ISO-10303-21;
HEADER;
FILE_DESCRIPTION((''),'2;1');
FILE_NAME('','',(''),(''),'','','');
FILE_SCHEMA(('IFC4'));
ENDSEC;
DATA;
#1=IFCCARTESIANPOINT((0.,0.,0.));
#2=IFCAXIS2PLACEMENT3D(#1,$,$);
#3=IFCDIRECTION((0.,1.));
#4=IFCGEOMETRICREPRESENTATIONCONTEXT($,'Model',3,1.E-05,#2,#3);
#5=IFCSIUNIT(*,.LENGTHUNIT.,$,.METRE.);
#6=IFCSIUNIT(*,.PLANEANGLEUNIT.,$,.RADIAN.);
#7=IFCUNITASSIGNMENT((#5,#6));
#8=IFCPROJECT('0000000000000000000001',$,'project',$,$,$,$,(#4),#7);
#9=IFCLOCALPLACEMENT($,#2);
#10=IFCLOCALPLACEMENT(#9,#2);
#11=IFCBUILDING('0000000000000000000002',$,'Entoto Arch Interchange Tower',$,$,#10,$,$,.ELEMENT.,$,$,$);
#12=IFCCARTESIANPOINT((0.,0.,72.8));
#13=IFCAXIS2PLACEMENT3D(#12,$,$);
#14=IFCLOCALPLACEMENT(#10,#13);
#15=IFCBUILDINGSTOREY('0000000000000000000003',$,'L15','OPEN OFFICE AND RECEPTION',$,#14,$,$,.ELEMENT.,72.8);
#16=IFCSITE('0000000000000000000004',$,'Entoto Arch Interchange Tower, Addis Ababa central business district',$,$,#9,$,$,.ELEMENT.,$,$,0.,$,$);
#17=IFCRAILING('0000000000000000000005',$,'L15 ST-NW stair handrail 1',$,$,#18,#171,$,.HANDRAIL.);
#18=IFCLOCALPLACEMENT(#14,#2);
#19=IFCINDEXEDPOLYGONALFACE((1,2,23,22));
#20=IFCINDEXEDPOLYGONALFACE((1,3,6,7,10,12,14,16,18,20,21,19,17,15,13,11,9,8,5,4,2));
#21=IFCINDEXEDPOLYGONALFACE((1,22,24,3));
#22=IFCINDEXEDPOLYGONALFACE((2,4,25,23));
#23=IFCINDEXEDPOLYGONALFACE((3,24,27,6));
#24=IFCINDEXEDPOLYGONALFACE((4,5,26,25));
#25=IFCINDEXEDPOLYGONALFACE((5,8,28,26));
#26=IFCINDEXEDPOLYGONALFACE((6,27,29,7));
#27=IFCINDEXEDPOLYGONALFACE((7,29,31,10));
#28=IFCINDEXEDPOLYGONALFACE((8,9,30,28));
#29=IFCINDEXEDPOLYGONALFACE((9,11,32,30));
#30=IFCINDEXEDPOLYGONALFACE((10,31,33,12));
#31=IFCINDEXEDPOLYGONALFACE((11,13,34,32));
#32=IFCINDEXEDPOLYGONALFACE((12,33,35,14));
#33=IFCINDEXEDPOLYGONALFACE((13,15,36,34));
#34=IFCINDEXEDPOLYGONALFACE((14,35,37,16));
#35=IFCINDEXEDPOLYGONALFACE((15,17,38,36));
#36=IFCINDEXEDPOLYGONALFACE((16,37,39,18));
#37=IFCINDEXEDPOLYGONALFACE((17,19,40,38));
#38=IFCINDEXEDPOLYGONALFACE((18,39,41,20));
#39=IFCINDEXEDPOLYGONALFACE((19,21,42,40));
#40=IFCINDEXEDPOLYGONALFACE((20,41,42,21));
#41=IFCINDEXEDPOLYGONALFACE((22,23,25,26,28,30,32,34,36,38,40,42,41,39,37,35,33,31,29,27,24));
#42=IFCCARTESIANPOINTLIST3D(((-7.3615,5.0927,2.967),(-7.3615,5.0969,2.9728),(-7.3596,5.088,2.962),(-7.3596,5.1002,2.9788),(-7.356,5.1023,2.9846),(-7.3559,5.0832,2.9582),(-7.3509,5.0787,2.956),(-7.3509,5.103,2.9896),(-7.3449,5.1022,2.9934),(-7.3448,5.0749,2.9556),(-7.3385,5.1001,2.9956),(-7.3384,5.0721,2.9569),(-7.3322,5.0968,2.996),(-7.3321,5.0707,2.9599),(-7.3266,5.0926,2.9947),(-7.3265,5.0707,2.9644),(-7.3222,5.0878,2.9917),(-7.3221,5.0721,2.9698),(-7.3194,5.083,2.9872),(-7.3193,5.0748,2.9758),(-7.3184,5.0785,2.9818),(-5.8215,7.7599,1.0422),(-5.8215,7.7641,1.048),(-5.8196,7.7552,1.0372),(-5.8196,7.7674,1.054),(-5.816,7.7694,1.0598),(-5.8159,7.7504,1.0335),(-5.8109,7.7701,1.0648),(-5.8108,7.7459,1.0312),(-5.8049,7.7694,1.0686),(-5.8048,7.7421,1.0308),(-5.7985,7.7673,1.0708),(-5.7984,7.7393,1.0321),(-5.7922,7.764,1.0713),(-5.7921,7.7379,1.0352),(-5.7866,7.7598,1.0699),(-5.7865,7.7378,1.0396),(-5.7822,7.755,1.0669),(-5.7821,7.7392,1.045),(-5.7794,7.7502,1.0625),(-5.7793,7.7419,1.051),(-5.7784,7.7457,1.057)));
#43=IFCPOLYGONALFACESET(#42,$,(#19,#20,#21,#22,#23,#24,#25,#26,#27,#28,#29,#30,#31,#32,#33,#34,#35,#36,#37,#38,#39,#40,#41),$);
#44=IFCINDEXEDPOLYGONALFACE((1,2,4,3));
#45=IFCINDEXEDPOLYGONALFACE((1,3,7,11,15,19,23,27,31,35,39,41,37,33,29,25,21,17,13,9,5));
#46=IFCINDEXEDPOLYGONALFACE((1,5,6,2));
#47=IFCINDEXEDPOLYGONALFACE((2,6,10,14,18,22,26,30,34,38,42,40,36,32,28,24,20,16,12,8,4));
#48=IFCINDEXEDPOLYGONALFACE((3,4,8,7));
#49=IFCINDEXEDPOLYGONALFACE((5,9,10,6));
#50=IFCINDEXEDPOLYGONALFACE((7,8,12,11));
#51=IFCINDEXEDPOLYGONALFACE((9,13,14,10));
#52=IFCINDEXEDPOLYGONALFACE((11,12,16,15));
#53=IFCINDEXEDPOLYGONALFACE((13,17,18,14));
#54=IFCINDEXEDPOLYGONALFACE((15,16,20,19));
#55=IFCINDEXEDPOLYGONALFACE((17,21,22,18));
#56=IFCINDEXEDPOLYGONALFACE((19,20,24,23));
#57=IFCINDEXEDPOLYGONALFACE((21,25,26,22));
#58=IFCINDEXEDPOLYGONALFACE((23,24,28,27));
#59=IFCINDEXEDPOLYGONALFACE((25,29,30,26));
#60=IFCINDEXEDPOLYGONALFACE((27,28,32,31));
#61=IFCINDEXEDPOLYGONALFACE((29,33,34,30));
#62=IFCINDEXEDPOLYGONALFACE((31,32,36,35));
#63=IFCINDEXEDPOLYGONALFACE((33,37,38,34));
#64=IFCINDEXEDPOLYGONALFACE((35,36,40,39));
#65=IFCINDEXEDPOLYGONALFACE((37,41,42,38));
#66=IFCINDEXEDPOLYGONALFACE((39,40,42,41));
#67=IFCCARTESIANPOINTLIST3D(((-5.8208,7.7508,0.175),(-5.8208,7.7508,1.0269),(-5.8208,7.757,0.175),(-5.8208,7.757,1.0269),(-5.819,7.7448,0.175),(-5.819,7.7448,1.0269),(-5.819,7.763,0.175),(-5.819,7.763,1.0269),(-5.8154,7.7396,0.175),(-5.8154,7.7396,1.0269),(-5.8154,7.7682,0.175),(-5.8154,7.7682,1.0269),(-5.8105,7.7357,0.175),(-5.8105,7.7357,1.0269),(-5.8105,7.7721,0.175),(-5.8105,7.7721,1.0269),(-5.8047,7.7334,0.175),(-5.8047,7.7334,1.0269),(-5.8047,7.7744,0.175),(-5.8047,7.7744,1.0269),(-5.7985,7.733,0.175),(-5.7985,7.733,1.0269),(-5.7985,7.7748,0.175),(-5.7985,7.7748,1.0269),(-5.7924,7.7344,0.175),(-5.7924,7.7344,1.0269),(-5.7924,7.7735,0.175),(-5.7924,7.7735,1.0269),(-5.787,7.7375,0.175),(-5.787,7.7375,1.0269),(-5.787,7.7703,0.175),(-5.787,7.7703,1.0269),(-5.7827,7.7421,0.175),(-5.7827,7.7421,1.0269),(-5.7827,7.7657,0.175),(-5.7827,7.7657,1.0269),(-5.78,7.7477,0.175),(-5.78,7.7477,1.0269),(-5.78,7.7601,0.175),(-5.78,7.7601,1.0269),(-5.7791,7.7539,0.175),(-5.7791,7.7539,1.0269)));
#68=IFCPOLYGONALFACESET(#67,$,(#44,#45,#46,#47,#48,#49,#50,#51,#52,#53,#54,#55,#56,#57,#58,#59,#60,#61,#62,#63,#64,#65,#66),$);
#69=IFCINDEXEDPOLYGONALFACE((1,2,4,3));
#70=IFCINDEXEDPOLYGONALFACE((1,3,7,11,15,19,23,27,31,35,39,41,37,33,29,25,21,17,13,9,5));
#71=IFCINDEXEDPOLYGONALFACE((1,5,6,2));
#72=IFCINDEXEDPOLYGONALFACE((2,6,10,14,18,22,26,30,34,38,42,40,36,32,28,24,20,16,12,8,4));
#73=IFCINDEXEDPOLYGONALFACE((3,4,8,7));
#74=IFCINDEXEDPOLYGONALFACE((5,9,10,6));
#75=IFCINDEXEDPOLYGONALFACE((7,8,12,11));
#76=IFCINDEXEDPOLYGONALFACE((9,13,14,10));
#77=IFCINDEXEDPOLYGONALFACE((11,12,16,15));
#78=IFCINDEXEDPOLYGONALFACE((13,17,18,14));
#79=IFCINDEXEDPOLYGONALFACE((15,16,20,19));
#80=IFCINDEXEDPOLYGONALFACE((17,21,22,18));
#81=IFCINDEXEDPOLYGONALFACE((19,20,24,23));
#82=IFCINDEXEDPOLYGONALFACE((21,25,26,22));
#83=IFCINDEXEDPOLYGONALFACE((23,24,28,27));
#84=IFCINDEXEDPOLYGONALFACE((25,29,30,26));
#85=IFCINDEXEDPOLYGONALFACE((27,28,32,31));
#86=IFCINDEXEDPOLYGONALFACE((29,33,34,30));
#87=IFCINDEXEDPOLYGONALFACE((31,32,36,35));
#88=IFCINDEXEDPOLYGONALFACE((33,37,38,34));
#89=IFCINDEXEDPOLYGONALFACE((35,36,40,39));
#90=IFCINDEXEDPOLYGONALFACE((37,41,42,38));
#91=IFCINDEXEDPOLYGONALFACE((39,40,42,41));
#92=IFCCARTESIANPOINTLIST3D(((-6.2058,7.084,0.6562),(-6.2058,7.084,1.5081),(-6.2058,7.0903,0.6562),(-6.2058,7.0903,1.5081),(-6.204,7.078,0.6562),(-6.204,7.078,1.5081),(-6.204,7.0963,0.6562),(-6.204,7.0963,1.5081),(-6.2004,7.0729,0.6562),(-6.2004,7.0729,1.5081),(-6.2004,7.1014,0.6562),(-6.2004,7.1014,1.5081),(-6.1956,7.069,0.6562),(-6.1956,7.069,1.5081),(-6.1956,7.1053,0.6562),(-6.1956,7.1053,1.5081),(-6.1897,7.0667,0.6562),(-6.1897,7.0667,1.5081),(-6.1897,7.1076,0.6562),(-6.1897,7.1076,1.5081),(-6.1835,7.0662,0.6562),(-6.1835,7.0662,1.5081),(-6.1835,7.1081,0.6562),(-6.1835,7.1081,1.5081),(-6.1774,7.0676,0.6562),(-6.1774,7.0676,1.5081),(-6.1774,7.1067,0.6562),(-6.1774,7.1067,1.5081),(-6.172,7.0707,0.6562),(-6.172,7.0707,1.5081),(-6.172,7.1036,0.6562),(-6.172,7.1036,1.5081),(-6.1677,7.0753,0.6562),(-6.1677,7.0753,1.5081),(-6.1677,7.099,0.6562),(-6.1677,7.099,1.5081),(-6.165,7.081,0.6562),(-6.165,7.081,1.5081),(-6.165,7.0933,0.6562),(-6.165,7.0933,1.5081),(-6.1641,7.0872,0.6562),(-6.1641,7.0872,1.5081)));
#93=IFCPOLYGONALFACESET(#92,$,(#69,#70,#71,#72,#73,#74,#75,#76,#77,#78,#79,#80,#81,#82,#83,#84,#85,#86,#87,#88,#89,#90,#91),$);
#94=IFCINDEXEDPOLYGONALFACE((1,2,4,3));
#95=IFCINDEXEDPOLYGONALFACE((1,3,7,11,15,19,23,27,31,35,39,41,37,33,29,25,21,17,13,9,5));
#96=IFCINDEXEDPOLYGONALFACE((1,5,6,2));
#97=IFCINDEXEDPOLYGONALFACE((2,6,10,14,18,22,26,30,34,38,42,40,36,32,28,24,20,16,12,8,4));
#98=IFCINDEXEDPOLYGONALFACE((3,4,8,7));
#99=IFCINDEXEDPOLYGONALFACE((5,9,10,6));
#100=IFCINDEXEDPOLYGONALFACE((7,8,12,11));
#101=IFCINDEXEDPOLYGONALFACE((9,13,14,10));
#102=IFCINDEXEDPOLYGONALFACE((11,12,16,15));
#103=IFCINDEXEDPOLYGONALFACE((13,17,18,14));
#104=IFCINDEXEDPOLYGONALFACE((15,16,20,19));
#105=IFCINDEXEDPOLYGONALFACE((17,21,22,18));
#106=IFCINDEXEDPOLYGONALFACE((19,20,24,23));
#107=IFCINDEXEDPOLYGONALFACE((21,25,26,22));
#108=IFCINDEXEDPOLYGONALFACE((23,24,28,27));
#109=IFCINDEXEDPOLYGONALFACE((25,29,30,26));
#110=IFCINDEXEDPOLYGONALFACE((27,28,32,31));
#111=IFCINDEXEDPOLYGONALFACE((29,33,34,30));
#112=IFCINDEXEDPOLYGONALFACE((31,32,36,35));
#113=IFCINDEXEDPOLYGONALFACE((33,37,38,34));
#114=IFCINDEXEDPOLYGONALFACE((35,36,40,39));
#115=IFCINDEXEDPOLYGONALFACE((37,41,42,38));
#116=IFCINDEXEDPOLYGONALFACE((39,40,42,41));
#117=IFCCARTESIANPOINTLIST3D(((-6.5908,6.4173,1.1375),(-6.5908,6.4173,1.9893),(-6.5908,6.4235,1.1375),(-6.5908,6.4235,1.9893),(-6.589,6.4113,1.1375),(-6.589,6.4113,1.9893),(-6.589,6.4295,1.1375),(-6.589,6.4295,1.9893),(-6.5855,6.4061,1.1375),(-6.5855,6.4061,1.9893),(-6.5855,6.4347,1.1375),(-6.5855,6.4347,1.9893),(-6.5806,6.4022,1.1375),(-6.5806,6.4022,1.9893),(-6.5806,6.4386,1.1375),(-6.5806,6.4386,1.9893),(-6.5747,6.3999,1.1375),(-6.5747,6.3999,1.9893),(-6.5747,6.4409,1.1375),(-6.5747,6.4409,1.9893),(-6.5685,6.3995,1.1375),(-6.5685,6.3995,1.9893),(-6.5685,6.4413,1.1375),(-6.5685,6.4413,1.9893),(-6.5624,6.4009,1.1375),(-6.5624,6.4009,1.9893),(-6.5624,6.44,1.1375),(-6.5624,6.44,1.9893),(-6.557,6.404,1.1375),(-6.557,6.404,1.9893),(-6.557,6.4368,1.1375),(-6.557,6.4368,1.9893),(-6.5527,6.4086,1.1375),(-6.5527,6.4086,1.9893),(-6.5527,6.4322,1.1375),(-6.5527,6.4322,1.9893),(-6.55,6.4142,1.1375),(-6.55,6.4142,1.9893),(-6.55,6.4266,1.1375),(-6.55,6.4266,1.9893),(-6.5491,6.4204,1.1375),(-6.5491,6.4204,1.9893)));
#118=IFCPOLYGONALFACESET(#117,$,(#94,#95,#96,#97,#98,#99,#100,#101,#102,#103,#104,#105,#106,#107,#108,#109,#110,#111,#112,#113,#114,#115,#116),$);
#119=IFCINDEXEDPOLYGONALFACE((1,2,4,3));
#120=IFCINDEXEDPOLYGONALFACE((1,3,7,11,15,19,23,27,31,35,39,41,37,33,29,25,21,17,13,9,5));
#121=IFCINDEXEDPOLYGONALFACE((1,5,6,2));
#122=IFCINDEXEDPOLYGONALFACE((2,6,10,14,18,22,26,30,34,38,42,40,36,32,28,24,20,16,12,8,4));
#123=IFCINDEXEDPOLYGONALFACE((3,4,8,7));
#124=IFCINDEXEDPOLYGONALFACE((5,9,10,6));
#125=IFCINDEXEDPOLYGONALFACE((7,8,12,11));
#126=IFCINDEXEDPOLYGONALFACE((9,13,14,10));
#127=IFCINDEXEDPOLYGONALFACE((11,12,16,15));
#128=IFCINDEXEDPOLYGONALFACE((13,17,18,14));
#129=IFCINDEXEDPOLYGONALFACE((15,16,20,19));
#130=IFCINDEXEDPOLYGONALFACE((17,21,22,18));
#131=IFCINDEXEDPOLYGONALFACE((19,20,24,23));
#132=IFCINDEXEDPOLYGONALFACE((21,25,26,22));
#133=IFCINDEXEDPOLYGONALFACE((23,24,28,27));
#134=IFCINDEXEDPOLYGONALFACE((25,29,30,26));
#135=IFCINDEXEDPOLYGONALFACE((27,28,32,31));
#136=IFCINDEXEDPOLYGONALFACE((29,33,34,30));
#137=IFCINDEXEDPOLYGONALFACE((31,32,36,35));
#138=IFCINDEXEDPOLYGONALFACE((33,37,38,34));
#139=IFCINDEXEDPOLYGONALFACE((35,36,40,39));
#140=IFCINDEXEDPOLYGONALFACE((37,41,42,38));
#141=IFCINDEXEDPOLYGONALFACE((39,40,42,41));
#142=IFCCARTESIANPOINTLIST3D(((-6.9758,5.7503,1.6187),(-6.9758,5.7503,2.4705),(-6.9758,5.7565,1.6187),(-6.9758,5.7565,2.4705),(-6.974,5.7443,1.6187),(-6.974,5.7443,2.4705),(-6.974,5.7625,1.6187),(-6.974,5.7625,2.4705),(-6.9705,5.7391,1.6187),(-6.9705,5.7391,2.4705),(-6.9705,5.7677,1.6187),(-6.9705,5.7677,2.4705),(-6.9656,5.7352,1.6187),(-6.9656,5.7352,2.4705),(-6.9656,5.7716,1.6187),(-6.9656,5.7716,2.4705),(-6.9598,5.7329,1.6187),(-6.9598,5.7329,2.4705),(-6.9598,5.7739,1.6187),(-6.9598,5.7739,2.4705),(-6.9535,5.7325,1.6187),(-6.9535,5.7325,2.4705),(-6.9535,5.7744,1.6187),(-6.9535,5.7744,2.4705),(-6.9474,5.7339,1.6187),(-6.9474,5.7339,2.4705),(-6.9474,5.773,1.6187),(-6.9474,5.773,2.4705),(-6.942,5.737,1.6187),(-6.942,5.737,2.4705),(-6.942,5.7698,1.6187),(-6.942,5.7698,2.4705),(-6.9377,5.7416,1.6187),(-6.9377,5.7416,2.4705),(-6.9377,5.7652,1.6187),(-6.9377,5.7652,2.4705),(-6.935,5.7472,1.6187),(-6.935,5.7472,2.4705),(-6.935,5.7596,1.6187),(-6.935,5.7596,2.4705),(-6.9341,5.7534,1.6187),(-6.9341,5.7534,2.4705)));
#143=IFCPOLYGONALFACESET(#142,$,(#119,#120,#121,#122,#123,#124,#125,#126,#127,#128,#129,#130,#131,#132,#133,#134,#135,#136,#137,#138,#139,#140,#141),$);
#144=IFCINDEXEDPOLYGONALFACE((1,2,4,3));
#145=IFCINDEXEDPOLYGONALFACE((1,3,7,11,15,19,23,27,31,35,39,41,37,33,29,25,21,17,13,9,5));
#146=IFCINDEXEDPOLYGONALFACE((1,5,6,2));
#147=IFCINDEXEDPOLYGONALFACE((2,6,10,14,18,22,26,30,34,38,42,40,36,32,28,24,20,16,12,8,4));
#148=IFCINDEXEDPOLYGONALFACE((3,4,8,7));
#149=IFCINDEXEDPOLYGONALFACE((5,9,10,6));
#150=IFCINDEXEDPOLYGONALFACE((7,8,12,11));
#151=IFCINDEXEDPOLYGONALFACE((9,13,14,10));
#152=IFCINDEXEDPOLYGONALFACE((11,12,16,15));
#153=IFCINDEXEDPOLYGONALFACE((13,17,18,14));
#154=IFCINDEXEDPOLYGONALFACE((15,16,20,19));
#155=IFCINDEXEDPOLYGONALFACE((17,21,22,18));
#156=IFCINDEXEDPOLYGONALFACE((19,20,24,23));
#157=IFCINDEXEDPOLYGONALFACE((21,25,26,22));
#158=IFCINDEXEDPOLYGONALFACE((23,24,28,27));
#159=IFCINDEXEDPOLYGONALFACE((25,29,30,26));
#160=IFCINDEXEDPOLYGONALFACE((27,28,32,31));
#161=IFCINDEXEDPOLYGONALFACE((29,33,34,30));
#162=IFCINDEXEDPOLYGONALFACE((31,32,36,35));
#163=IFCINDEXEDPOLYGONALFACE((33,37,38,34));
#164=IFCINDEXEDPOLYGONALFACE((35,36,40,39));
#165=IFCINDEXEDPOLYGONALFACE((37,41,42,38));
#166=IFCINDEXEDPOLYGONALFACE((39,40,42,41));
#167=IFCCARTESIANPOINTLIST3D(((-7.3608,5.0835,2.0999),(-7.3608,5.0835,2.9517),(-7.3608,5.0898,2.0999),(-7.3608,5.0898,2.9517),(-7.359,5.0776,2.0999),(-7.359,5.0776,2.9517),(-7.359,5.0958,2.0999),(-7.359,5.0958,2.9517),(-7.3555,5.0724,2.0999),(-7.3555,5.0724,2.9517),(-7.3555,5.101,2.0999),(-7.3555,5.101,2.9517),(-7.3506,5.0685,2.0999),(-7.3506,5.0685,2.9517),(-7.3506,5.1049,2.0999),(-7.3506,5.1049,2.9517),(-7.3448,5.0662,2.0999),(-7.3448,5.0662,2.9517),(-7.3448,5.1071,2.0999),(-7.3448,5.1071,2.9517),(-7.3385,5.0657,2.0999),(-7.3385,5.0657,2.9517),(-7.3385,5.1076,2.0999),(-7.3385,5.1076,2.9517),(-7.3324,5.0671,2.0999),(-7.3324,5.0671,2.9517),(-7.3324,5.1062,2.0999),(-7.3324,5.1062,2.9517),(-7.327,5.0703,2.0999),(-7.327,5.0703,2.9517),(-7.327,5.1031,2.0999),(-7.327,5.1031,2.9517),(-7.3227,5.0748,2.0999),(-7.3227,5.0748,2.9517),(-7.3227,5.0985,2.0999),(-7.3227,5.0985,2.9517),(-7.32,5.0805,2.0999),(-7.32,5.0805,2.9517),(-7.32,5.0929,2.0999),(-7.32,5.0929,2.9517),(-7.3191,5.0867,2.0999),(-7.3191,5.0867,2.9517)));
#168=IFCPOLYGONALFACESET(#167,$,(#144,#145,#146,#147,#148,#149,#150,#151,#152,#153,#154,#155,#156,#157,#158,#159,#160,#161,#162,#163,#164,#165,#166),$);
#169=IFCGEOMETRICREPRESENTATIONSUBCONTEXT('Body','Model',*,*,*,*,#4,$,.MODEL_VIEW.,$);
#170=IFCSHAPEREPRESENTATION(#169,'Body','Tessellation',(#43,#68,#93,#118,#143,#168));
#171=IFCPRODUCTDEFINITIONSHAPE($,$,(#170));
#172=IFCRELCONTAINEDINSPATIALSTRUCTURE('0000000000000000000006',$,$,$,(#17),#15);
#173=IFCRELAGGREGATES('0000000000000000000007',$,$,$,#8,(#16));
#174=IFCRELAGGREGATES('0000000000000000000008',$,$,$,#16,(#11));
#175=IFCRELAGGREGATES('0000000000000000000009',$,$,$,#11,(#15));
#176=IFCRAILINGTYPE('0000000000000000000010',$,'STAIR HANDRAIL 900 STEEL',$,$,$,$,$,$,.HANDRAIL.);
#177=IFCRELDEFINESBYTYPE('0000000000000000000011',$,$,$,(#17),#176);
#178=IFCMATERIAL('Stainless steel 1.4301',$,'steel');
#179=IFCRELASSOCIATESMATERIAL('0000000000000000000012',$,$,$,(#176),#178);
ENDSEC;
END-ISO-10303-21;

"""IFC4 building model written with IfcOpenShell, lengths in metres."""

from ifc_helpers import new_model, si_unit, direction, frame, origin, origin_2d, place, context, subcontext, project, spatial, circle, extrude, material, type_object, element, save


model = new_model("IFC4")

# Units and contexts
model_context = context("Model", 3, precision=1e-05, world=origin(), true_north=direction((0.0, 1.0)))
body_context = subcontext(model_context, "Body", "Model", "MODEL_VIEW")
ifc_project = project(units=[si_unit("LENGTHUNIT", "METRE"), si_unit("PLANEANGLEUNIT", "RADIAN")], contexts=[model_context])

# Site, building, storey
site_placement = place(None, origin())
site = spatial("IfcSite", under=ifc_project, at=site_placement, Name="Entoto Arch Interchange Tower, Addis Ababa central business district", CompositionType="ELEMENT", RefElevation=0.0)
building_placement = place(site_placement, origin())
building = spatial("IfcBuilding", under=site, at=building_placement, Name="Entoto Arch Interchange Tower", CompositionType="ELEMENT")
storey_placement = place(building_placement, frame((0.0, 0.0, 72.8)))
storey = spatial("IfcBuildingStorey", under=building, at=storey_placement, Name="L15", Description="OPEN OFFICE AND RECEPTION", CompositionType="ELEMENT", Elevation=72.8)

# Railing
ifc_material_1 = material(Name="Stainless steel 1.4301", Category="steel")
railing_type_1 = type_object("IfcRailingType", Name="STAIR HANDRAIL 900 STEEL", PredefinedType="HANDRAIL", material=ifc_material_1)
railing_1_placement = place(storey_placement, frame((-5.8, 7.7539, 0.175)))
element("IfcRailing", 1, at=railing_1_placement, inside=storey, type_object=railing_type_1, Name="L15 ST-NW stair handrail 1", PredefinedType="HANDRAIL", context=body_context, shape_type="SweptSolid", body=[
    extrude(circle(Radius=0.0239, at=origin_2d()), frame((0.0, 0.0, 0.876), z_axis=(-0.424031, -0.73439, 0.529971), x_axis=(0.86601, -0.500027, 0.0)), (0.0, 0.0, 1.0), 3.6318),
    extrude(circle(Radius=0.021, at=origin_2d()), origin(), (0.0, 0.0, 1.0), 0.8518),
    extrude(circle(Radius=0.021, at=origin_2d()), frame((-0.385, -0.6667, 0.4812)), (0.0, 0.0, 1.0), 0.8518),
    extrude(circle(Radius=0.021, at=origin_2d()), frame((-0.77, -1.3335, 0.9624)), (0.0, 0.0, 1.0), 0.8518),
    extrude(circle(Radius=0.021, at=origin_2d()), frame((-1.155, -2.0005, 1.4436)), (0.0, 0.0, 1.0), 0.8518),
    extrude(circle(Radius=0.021, at=origin_2d()), frame((-1.54, -2.6672, 1.9248)), (0.0, 0.0, 1.0), 0.8518),
])

save(model, "model.ifc")
